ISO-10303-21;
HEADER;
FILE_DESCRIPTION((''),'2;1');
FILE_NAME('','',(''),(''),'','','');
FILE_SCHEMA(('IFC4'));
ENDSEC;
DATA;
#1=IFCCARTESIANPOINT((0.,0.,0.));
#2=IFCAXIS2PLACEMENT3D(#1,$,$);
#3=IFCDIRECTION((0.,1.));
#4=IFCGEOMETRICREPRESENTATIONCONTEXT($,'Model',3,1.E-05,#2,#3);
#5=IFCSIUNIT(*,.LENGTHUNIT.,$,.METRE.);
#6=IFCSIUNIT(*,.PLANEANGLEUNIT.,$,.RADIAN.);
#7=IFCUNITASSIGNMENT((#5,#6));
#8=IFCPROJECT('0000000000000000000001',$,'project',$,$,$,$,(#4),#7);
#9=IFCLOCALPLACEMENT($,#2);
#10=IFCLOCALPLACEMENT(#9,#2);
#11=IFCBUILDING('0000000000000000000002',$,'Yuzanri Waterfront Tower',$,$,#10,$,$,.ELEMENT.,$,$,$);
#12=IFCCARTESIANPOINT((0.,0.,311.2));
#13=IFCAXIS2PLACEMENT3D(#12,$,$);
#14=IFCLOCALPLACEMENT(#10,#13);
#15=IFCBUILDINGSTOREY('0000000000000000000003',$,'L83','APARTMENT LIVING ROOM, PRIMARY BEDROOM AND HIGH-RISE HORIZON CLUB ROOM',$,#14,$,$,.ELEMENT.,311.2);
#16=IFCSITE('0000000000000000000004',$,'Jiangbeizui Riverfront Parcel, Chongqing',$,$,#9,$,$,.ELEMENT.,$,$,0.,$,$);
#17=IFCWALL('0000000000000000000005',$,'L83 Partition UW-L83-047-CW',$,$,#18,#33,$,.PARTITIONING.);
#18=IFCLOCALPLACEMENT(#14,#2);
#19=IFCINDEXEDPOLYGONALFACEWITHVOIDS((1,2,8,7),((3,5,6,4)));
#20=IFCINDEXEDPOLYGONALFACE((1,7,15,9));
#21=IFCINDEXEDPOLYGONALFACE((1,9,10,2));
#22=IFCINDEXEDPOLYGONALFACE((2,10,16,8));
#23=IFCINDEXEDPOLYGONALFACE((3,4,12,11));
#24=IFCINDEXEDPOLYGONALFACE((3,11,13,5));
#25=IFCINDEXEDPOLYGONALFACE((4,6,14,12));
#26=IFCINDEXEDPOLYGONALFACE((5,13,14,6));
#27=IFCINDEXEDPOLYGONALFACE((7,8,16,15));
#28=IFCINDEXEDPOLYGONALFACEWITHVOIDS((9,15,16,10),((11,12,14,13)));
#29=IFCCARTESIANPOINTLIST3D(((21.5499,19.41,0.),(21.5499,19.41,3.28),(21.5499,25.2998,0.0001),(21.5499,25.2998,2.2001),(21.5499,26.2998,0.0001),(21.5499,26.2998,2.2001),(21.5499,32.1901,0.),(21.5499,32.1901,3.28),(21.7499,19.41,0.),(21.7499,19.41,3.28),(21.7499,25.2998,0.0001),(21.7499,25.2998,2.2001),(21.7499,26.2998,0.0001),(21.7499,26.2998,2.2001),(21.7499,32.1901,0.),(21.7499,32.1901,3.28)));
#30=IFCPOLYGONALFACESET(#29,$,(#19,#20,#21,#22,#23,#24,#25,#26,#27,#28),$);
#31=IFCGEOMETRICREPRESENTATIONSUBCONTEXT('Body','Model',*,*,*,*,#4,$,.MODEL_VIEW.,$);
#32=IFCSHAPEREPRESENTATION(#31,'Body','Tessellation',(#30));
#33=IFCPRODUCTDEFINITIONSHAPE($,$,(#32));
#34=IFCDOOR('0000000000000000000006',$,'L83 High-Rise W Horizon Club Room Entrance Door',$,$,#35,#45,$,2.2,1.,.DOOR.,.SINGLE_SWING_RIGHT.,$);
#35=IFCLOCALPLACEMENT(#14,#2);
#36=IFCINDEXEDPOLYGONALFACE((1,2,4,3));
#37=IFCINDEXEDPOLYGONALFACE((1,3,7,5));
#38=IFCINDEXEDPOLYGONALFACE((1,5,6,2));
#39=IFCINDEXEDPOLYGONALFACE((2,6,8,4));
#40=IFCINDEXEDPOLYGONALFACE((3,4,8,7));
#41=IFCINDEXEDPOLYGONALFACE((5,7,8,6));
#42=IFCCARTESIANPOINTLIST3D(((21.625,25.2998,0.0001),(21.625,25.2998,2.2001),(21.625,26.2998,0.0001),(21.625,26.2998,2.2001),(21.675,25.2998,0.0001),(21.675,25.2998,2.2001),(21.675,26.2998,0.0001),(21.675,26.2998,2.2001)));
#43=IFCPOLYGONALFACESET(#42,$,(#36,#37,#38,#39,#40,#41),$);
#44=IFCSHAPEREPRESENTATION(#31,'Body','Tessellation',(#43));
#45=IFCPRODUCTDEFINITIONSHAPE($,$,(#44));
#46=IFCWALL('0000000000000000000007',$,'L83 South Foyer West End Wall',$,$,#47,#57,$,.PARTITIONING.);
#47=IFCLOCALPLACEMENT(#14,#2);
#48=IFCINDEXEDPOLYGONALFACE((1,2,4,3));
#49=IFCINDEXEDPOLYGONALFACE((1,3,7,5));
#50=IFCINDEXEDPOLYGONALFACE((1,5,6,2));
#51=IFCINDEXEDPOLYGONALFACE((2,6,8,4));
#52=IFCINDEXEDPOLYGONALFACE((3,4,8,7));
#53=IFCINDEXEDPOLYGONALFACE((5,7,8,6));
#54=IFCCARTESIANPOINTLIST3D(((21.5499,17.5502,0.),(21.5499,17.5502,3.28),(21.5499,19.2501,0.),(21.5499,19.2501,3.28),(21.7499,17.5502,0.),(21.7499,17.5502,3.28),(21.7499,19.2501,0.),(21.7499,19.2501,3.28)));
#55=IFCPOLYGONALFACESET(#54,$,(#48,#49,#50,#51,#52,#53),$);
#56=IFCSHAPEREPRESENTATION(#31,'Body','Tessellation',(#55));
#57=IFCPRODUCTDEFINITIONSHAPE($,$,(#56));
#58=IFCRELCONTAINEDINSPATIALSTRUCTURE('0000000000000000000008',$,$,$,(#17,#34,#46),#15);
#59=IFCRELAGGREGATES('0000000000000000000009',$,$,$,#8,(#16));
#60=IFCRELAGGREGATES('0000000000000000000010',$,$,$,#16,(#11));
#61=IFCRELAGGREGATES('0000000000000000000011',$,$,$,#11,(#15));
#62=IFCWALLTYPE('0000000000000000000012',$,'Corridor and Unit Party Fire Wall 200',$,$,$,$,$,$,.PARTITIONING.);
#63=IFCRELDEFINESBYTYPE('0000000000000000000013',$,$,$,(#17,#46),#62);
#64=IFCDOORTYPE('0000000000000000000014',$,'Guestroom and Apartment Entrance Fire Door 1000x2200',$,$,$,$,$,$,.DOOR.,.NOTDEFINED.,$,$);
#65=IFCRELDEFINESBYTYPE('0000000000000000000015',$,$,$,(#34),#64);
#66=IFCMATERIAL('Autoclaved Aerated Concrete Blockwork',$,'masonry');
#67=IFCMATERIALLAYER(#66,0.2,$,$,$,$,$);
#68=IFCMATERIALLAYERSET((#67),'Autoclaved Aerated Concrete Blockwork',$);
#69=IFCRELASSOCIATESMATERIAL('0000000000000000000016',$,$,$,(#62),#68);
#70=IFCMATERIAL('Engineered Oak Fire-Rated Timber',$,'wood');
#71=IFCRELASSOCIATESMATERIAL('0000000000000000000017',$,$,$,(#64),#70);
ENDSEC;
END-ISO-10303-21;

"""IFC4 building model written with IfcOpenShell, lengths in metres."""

from ifc_helpers import new_model, si_unit, direction, frame, frame_2d, origin, place, context, subcontext, project, spatial, rectangle, extrude, source, transform, mapped, material, layer, layer_set, type_object, element, fill, save


model = new_model("IFC4")

# Units and contexts
model_context = context("Model", 3, precision=1e-05, world=origin(), true_north=direction((0.0, 1.0)))
body_context = subcontext(model_context, "Body", "Model", "MODEL_VIEW")
ifc_project = project(units=[si_unit("LENGTHUNIT", "METRE"), si_unit("PLANEANGLEUNIT", "RADIAN")], contexts=[model_context])

# Site, building, storey
site_placement = place(None, origin())
site = spatial("IfcSite", under=ifc_project, at=site_placement, Name="Jiangbeizui Riverfront Parcel, Chongqing", CompositionType="ELEMENT", RefElevation=0.0)
building_placement = place(site_placement, origin())
building = spatial("IfcBuilding", under=site, at=building_placement, Name="Yuzanri Waterfront Tower", CompositionType="ELEMENT")
storey_placement = place(building_placement, frame((0.0, 0.0, 311.2)))
storey = spatial("IfcBuildingStorey", under=building, at=storey_placement, Name="L83", Description="APARTMENT LIVING ROOM, PRIMARY BEDROOM AND HIGH-RISE HORIZON CLUB ROOM", CompositionType="ELEMENT", Elevation=311.2)

# Wall, opening, door
ifc_material_1 = material(Name="Autoclaved Aerated Concrete Blockwork", Category="masonry")
ifc_layer_1 = layer(ifc_material_1, 0.2)
ifc_layer_set_1 = layer_set([ifc_layer_1], Name="Autoclaved Aerated Concrete Blockwork")
wall_type_1 = type_object("IfcWallType", Name="Corridor and Unit Party Fire Wall 200", PredefinedType="PARTITIONING", material=ifc_layer_set_1)
ifc_material_2 = material(Name="Engineered Oak Fire-Rated Timber", Category="wood")
door_type_1 = type_object("IfcDoorType", Name="Guestroom and Apartment Entrance Fire Door 1000x2200", OperationType="NOTDEFINED", PredefinedType="DOOR", material=ifc_material_2)
shared_shape_1 = source(origin(), body_context, "Body", "SweptSolid", [
    extrude(rectangle(XDim=1.0, YDim=2.2, at=frame_2d((0.5, 1.1001))), frame((0.0, 0.0249, 0.0), z_axis=(0.0, -1.0, 0.0), x_axis=(1.0, 0.0, 0.0)), (0.0, 0.0, 1.0), 0.05),
])
wall_1_placement = place(storey_placement, frame((21.6499, 19.4099, 0.0), z_axis=(0.0, 0.0, 1.0), x_axis=(0.0, 1.0, 0.0)))
wall_1 = element("IfcWall", 1, at=wall_1_placement, inside=storey, type_object=wall_type_1, Name="L83 Partition UW-L83-047-CW", PredefinedType="PARTITIONING", context=body_context, shape_type="SweptSolid", body=[
    extrude(rectangle(XDim=12.78, YDim=0.2, at=frame_2d((6.3901, 0.0))), origin(), (0.0, 0.0, 1.0), 3.28),
])
opening_1_placement = place(wall_1_placement, frame((5.8899, 0.0, 0.0)))
opening_1 = element("IfcOpeningElement", 2, at=opening_1_placement, cuts=wall_1, PredefinedType="OPENING", context=body_context, shape_type="SweptSolid", body=[
    extrude(rectangle(XDim=1.0, YDim=2.2, at=frame_2d((0.5, 1.1001))), frame((0.0, 0.1147, 0.0), z_axis=(0.0, -1.0, 0.0), x_axis=(1.0, 0.0, 0.0)), (0.0, 0.0, 1.0), 0.2297),
])
door_1_placement = place(opening_1_placement, origin())
door_1 = element("IfcDoor", 3, at=door_1_placement, inside=storey, type_object=door_type_1, Name="L83 High-Rise W Horizon Club Room Entrance Door", OperationType="SINGLE_SWING_RIGHT", OverallHeight=2.2, OverallWidth=1.0, PredefinedType="DOOR", context=body_context, shape_type="MappedRepresentation", body=[
    mapped(shared_shape_1, transform((0.0, 0.0, 0.0), scale=1.0)),
])
fill(opening_1, door_1)

# Wall
shared_shape_2 = source(origin(), body_context, "Body", "SweptSolid", [
    extrude(rectangle(XDim=1.7, YDim=0.2, at=frame_2d((0.8501, 0.0))), origin(), (0.0, 0.0, 1.0), 3.28),
])
wall_2_placement = place(storey_placement, frame((21.6499, 17.55, 0.0), z_axis=(0.0, 0.0, 1.0), x_axis=(0.0, 1.0, 0.0)))
element("IfcWall", 4, at=wall_2_placement, inside=storey, type_object=wall_type_1, Name="L83 South Foyer West End Wall", PredefinedType="PARTITIONING", context=body_context, shape_type="MappedRepresentation", body=[
    mapped(shared_shape_2, transform((0.0, 0.0, 0.0), scale=1.0)),
])

save(model, "model.ifc")
